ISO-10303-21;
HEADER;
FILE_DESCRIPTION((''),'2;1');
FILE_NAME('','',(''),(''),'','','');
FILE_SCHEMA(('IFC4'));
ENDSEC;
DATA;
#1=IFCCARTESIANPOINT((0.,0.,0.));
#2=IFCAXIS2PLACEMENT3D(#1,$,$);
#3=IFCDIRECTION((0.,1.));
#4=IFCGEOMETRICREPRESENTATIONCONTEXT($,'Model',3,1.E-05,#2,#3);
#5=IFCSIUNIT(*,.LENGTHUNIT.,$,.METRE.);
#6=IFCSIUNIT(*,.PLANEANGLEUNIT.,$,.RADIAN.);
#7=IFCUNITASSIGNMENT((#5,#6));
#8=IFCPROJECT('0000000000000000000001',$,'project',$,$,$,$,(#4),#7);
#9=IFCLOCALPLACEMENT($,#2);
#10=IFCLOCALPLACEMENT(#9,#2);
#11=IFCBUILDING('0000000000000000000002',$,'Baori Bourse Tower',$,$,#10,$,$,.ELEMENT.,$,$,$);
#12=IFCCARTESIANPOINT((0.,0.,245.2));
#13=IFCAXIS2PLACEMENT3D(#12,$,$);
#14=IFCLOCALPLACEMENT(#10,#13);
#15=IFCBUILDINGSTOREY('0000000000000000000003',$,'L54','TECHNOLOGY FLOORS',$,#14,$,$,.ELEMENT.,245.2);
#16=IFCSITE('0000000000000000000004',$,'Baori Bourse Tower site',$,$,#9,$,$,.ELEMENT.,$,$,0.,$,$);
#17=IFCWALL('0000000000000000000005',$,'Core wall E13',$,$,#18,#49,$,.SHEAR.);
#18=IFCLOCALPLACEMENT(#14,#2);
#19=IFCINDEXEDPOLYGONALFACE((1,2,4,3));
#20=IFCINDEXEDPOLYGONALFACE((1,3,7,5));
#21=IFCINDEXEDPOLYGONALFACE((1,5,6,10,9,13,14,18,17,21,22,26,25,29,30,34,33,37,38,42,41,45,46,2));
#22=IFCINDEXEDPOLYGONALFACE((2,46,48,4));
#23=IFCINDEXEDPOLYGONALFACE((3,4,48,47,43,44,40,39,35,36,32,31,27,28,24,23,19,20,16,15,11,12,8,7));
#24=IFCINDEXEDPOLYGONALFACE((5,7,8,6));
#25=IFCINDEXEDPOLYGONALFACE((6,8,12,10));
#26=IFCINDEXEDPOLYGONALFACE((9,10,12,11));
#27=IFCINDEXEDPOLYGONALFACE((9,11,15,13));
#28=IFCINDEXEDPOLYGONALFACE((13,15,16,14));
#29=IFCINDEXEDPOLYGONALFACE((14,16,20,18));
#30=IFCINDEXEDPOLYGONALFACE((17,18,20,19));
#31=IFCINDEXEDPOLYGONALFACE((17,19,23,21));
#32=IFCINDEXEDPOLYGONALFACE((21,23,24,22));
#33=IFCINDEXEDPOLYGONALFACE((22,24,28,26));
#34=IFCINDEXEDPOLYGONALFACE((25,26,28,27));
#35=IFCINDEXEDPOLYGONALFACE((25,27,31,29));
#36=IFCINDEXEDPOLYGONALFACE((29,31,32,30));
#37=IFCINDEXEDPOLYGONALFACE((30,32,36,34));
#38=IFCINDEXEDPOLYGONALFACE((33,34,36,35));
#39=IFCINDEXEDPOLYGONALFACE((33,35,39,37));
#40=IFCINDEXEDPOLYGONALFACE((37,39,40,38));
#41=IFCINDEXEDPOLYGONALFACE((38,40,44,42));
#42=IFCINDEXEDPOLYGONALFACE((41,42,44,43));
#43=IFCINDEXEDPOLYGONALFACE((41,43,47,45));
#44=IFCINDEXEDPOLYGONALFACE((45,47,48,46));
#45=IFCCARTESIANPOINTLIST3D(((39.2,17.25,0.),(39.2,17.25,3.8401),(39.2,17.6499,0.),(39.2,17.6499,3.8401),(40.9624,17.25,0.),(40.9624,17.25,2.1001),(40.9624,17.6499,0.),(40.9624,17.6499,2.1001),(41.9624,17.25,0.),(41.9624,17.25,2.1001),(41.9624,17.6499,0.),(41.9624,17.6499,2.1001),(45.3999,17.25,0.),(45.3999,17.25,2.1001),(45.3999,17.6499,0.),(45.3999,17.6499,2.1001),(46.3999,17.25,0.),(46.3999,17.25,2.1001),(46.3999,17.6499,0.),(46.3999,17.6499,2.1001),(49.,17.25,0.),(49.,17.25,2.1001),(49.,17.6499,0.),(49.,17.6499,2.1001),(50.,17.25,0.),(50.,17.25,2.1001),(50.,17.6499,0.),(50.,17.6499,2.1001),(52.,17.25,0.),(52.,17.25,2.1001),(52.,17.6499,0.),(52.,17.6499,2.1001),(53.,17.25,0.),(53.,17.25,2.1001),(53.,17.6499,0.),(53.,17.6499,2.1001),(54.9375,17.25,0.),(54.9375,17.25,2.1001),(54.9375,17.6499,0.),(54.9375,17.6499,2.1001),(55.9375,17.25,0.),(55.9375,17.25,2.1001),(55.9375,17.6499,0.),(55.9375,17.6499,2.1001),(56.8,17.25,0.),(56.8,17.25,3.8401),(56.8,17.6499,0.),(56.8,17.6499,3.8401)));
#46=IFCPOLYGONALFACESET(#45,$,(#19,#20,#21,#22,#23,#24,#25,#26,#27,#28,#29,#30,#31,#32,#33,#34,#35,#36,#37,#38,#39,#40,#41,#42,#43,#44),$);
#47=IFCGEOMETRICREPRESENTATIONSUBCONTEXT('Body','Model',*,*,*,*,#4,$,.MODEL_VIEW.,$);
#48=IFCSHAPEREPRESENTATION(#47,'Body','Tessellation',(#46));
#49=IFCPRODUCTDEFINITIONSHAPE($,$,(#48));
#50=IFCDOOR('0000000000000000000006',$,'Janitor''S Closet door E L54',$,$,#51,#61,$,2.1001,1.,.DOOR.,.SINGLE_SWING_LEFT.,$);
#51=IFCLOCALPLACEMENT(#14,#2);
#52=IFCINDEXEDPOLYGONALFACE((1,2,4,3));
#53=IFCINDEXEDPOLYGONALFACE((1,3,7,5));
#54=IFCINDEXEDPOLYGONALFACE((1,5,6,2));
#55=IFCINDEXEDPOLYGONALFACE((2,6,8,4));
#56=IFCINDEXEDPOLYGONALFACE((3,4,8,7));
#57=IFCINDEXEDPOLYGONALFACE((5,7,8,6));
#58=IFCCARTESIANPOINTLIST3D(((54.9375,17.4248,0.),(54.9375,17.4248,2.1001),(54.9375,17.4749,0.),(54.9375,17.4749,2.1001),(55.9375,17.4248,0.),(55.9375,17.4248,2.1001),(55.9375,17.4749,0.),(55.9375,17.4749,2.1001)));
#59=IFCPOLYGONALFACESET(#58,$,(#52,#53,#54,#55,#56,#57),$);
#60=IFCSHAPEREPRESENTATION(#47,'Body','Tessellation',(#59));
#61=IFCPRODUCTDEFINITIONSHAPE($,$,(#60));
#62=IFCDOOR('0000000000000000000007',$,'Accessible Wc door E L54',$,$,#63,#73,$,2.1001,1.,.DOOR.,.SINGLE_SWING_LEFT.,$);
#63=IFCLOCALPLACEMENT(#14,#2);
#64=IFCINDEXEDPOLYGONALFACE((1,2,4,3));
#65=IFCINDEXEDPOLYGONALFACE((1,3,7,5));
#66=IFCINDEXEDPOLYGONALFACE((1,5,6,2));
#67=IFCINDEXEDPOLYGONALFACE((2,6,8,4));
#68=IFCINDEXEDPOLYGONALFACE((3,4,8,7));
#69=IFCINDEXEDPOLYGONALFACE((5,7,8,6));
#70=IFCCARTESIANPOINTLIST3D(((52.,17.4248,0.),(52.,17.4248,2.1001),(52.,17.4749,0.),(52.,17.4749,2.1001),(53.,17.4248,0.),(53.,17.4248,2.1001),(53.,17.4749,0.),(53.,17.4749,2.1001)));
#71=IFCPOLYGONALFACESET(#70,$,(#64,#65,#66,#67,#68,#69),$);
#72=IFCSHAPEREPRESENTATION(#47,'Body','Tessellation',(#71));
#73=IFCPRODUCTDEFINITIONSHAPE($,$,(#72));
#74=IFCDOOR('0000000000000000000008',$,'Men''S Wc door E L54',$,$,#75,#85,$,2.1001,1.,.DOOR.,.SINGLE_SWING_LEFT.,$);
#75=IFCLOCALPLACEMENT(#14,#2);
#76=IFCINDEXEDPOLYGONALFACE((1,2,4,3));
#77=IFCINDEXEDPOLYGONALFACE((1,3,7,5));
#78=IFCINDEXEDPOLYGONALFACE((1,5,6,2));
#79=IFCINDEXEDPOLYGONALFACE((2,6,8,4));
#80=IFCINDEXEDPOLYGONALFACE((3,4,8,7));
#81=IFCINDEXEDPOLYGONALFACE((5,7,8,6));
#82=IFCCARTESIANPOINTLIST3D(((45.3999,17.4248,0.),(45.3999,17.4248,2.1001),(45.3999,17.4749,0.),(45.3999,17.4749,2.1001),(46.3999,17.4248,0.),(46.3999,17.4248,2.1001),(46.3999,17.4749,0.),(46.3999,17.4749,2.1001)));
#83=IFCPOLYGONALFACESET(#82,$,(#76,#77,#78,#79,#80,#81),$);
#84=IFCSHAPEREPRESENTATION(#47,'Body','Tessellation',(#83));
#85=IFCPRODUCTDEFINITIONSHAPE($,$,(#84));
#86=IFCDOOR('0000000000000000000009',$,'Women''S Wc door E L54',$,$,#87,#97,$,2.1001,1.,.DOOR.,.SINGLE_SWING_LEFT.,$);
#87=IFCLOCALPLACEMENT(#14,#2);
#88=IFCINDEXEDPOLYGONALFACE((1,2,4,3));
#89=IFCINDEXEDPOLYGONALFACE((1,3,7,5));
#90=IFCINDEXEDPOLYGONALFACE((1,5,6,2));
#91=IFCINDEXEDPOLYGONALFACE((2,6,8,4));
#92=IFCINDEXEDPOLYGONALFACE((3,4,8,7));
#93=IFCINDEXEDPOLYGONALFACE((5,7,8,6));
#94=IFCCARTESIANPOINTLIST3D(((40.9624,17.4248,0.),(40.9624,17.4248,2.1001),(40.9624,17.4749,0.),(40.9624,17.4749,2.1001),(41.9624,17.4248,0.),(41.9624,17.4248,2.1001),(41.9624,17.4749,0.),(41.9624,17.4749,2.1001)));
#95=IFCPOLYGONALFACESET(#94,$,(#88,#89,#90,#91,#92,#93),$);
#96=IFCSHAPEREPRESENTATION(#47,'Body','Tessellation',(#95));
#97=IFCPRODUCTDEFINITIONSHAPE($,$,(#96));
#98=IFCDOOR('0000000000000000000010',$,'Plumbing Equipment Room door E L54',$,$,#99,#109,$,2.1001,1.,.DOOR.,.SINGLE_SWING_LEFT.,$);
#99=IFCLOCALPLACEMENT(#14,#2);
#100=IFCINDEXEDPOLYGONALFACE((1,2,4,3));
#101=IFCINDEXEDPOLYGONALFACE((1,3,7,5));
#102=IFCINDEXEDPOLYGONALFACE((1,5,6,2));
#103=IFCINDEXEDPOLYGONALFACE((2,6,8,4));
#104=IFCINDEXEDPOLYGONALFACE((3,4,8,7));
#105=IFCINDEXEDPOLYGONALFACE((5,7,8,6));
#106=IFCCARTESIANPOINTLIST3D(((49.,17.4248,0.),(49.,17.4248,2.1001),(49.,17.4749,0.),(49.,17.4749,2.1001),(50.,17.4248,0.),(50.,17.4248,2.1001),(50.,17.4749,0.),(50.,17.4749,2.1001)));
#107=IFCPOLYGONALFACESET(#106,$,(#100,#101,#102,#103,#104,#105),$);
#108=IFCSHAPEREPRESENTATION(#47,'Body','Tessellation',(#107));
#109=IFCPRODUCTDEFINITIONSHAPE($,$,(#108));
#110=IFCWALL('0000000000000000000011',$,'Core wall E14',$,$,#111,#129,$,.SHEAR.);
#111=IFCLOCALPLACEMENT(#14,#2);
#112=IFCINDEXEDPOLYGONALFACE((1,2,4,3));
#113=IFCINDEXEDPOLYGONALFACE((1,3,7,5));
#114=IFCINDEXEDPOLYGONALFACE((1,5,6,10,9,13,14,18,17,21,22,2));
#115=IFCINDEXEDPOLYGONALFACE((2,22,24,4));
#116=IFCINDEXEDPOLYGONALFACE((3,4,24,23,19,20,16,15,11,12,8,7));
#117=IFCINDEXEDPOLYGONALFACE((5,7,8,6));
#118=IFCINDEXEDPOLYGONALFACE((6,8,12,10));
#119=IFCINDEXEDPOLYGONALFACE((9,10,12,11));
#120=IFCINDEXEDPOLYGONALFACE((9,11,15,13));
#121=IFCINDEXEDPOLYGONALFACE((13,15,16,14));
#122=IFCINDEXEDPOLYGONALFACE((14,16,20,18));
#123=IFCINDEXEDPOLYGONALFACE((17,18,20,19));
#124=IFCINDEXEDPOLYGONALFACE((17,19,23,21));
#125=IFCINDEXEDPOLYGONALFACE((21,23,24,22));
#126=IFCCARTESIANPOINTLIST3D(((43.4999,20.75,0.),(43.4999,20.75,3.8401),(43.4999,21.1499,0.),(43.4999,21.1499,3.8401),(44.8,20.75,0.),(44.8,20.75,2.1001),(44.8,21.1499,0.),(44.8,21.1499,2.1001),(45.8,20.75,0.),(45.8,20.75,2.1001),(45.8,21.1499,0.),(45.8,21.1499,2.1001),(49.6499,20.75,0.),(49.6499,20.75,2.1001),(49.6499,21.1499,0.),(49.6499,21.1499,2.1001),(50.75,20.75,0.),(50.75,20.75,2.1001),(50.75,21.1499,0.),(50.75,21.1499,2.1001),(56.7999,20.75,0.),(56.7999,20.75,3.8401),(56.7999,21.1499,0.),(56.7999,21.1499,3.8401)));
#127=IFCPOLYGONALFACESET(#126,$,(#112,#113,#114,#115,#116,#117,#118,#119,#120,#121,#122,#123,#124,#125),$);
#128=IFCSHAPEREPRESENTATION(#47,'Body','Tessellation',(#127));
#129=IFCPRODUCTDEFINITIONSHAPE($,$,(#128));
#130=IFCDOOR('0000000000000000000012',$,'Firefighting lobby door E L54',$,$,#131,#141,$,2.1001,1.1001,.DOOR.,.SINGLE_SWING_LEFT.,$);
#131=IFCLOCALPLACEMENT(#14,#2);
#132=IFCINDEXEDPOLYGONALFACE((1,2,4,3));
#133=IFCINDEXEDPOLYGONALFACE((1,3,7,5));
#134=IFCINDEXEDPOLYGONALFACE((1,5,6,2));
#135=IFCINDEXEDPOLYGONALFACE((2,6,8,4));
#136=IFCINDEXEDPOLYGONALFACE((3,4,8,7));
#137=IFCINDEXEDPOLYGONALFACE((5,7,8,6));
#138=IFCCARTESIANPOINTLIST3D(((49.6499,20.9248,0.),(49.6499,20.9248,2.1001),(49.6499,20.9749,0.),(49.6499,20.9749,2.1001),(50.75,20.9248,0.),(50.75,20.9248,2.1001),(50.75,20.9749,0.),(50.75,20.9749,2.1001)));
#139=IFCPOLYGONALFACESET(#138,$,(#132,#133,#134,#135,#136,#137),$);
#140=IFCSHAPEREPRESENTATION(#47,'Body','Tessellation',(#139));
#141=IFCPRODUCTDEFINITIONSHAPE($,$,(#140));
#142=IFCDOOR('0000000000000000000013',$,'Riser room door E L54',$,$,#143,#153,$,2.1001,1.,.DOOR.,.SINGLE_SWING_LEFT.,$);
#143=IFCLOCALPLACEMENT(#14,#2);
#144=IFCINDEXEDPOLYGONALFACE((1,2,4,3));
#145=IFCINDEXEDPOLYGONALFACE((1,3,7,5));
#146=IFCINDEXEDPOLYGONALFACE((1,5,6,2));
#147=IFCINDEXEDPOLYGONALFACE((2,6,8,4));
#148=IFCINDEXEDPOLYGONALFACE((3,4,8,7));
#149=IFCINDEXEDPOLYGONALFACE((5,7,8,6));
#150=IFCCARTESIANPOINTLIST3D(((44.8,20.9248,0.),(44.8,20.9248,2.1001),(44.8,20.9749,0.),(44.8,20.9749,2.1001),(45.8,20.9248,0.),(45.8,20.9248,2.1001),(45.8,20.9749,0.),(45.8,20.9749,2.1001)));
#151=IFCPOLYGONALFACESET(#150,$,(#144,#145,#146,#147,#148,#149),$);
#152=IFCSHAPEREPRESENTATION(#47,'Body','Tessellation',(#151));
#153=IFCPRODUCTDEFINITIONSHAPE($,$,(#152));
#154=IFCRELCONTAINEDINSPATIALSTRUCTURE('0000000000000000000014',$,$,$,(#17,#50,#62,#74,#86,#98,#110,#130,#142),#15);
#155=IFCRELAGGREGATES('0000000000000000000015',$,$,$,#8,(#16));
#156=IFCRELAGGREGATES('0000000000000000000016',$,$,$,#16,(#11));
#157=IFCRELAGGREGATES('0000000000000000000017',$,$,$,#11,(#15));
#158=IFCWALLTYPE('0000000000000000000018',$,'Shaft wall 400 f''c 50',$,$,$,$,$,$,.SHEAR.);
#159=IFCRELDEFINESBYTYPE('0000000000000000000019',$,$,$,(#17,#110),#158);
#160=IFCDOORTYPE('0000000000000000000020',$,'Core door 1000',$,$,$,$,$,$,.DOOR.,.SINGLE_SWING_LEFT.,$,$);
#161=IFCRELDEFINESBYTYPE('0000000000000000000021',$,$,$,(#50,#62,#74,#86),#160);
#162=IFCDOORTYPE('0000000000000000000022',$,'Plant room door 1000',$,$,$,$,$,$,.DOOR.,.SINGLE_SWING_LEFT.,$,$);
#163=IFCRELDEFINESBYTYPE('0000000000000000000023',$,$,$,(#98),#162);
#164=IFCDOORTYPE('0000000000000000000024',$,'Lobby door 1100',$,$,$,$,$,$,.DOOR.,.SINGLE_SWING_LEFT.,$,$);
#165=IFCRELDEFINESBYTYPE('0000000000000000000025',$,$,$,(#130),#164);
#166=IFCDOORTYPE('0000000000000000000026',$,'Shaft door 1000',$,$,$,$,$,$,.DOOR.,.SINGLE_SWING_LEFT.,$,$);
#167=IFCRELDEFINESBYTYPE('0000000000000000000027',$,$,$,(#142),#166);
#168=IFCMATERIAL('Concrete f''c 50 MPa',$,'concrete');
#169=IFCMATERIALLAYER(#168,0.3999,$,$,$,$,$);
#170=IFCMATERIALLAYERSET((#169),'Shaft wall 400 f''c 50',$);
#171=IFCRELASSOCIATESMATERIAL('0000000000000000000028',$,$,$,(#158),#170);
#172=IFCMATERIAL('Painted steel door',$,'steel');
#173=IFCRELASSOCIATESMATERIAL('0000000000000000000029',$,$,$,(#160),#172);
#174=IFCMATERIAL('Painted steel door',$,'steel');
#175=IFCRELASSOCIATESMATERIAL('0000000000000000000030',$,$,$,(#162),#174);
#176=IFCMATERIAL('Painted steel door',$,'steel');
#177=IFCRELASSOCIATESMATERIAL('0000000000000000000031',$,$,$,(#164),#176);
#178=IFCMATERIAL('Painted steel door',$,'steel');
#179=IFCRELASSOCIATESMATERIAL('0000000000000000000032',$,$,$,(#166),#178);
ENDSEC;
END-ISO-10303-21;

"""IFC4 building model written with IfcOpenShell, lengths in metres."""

from ifc_helpers import new_model, si_unit, direction, frame, frame_2d, origin, place, context, subcontext, project, spatial, rectangle, extrude, material, layer, layer_set, type_object, element, fill, save


model = new_model("IFC4")

# Units and contexts
model_context = context("Model", 3, precision=1e-05, world=origin(), true_north=direction((0.0, 1.0)))
body_context = subcontext(model_context, "Body", "Model", "MODEL_VIEW")
ifc_project = project(units=[si_unit("LENGTHUNIT", "METRE"), si_unit("PLANEANGLEUNIT", "RADIAN")], contexts=[model_context])

# Site, building, storey
site_placement = place(None, origin())
site = spatial("IfcSite", under=ifc_project, at=site_placement, Name="Baori Bourse Tower site", CompositionType="ELEMENT", RefElevation=0.0)
building_placement = place(site_placement, origin())
building = spatial("IfcBuilding", under=site, at=building_placement, Name="Baori Bourse Tower", CompositionType="ELEMENT")
storey_placement = place(building_placement, frame((0.0, 0.0, 245.2)))
storey = spatial("IfcBuildingStorey", under=building, at=storey_placement, Name="L54", Description="TECHNOLOGY FLOORS", CompositionType="ELEMENT", Elevation=245.2)

# Shared definitions
ifc_material_1 = material(Name="Concrete f'c 50 MPa", Category="concrete")
ifc_layer_1 = layer(ifc_material_1, 0.3999)
ifc_layer_set_1 = layer_set([ifc_layer_1], Name="Shaft wall 400 f'c 50")
wall_type_1 = type_object("IfcWallType", Name="Shaft wall 400 f'c 50", PredefinedType="SHEAR", material=ifc_layer_set_1)

# Walls, openings, doors
wall_1_placement = place(storey_placement, frame((39.2, 17.45, 0.0), z_axis=(0.0, 0.0, 1.0), x_axis=(1.0, 0.0, 0.0)))
wall_1 = element("IfcWall", 1, at=wall_1_placement, inside=storey, type_object=wall_type_1, Name="Core wall E13", PredefinedType="SHEAR", context=body_context, shape_type="SweptSolid", body=[
    extrude(rectangle(XDim=17.6001, YDim=0.3999, at=frame_2d((8.8, 0.0))), origin(), (0.0, 0.0, 1.0), 3.8401),
])
opening_1_placement = place(wall_1_placement, frame((15.7375, 0.0, 0.0)))
opening_1 = element("IfcOpeningElement", 2, at=opening_1_placement, cuts=wall_1, PredefinedType="OPENING", context=body_context, shape_type="SweptSolid", body=[
    extrude(rectangle(XDim=1.0, YDim=2.1001, at=frame_2d((0.5, 1.05))), frame((0.0, 0.21, 0.0), z_axis=(0.0, -1.0, 0.0), x_axis=(1.0, 0.0, 0.0)), (0.0, 0.0, 1.0), 0.4199),
])
opening_2_placement = place(wall_1_placement, frame((12.8, 0.0, 0.0)))
opening_2 = element("IfcOpeningElement", 3, at=opening_2_placement, cuts=wall_1, PredefinedType="OPENING", context=body_context, shape_type="SweptSolid", body=[
    extrude(rectangle(XDim=1.0, YDim=2.1001, at=frame_2d((0.5, 1.05))), frame((0.0, 0.21, 0.0), z_axis=(0.0, -1.0, 0.0), x_axis=(1.0, 0.0, 0.0)), (0.0, 0.0, 1.0), 0.4199),
])
opening_3_placement = place(wall_1_placement, frame((9.8, 0.0, 0.0)))
opening_3 = element("IfcOpeningElement", 4, at=opening_3_placement, cuts=wall_1, PredefinedType="OPENING", context=body_context, shape_type="SweptSolid", body=[
    extrude(rectangle(XDim=1.0, YDim=2.1001, at=frame_2d((0.5, 1.05))), frame((0.0, 0.21, 0.0), z_axis=(0.0, -1.0, 0.0), x_axis=(1.0, 0.0, 0.0)), (0.0, 0.0, 1.0), 0.4199),
])
opening_4_placement = place(wall_1_placement, frame((6.2, 0.0, 0.0)))
opening_4 = element("IfcOpeningElement", 5, at=opening_4_placement, cuts=wall_1, PredefinedType="OPENING", context=body_context, shape_type="SweptSolid", body=[
    extrude(rectangle(XDim=1.0, YDim=2.1001, at=frame_2d((0.5, 1.05))), frame((0.0, 0.21, 0.0), z_axis=(0.0, -1.0, 0.0), x_axis=(1.0, 0.0, 0.0)), (0.0, 0.0, 1.0), 0.4199),
])
opening_5_placement = place(wall_1_placement, frame((1.7625, 0.0, 0.0)))
opening_5 = element("IfcOpeningElement", 6, at=opening_5_placement, cuts=wall_1, PredefinedType="OPENING", context=body_context, shape_type="SweptSolid", body=[
    extrude(rectangle(XDim=1.0, YDim=2.1001, at=frame_2d((0.5, 1.05))), frame((0.0, 0.21, 0.0), z_axis=(0.0, -1.0, 0.0), x_axis=(1.0, 0.0, 0.0)), (0.0, 0.0, 1.0), 0.4199),
])
ifc_material_2 = material(Name="Painted steel door", Category="steel")
door_type_1 = type_object("IfcDoorType", Name="Core door 1000", OperationType="SINGLE_SWING_LEFT", PredefinedType="DOOR", material=ifc_material_2)
door_1_placement = place(opening_1_placement, origin())
door_1 = element("IfcDoor", 7, at=door_1_placement, inside=storey, type_object=door_type_1, Name="Janitor'S Closet door E L54", OperationType="SINGLE_SWING_LEFT", OverallHeight=2.1001, OverallWidth=1.0, PredefinedType="DOOR", context=body_context, shape_type="SweptSolid", body=[
    extrude(rectangle(XDim=1.0, YDim=2.1001, at=frame_2d((0.5, 1.05))), frame((0.0, 0.0249, 0.0), z_axis=(0.0, -1.0, 0.0), x_axis=(1.0, 0.0, 0.0)), (0.0, 0.0, 1.0), 0.05),
])
fill(opening_1, door_1)
door_2_placement = place(opening_2_placement, origin())
door_2 = element("IfcDoor", 8, at=door_2_placement, inside=storey, type_object=door_type_1, Name="Accessible Wc door E L54", OperationType="SINGLE_SWING_LEFT", OverallHeight=2.1001, OverallWidth=1.0, PredefinedType="DOOR", context=body_context, shape_type="SweptSolid", body=[
    extrude(rectangle(XDim=1.0, YDim=2.1001, at=frame_2d((0.5, 1.05))), frame((0.0, 0.0249, 0.0), z_axis=(0.0, -1.0, 0.0), x_axis=(1.0, 0.0, 0.0)), (0.0, 0.0, 1.0), 0.05),
])
fill(opening_2, door_2)
door_3_placement = place(opening_4_placement, origin())
door_3 = element("IfcDoor", 9, at=door_3_placement, inside=storey, type_object=door_type_1, Name="Men'S Wc door E L54", OperationType="SINGLE_SWING_LEFT", OverallHeight=2.1001, OverallWidth=1.0, PredefinedType="DOOR", context=body_context, shape_type="SweptSolid", body=[
    extrude(rectangle(XDim=1.0, YDim=2.1001, at=frame_2d((0.5, 1.05))), frame((0.0, 0.0249, 0.0), z_axis=(0.0, -1.0, 0.0), x_axis=(1.0, 0.0, 0.0)), (0.0, 0.0, 1.0), 0.05),
])
fill(opening_4, door_3)
door_4_placement = place(opening_5_placement, origin())
door_4 = element("IfcDoor", 10, at=door_4_placement, inside=storey, type_object=door_type_1, Name="Women'S Wc door E L54", OperationType="SINGLE_SWING_LEFT", OverallHeight=2.1001, OverallWidth=1.0, PredefinedType="DOOR", context=body_context, shape_type="SweptSolid", body=[
    extrude(rectangle(XDim=1.0, YDim=2.1001, at=frame_2d((0.5, 1.05))), frame((0.0, 0.0249, 0.0), z_axis=(0.0, -1.0, 0.0), x_axis=(1.0, 0.0, 0.0)), (0.0, 0.0, 1.0), 0.05),
])
fill(opening_5, door_4)
ifc_material_3 = material(Name="Painted steel door", Category="steel")
door_type_2 = type_object("IfcDoorType", Name="Plant room door 1000", OperationType="SINGLE_SWING_LEFT", PredefinedType="DOOR", material=ifc_material_3)
door_5_placement = place(opening_3_placement, origin())
door_5 = element("IfcDoor", 11, at=door_5_placement, inside=storey, type_object=door_type_2, Name="Plumbing Equipment Room door E L54", OperationType="SINGLE_SWING_LEFT", OverallHeight=2.1001, OverallWidth=1.0, PredefinedType="DOOR", context=body_context, shape_type="SweptSolid", body=[
    extrude(rectangle(XDim=1.0, YDim=2.1001, at=frame_2d((0.5, 1.05))), frame((0.0, 0.0249, 0.0), z_axis=(0.0, -1.0, 0.0), x_axis=(1.0, 0.0, 0.0)), (0.0, 0.0, 1.0), 0.05),
])
fill(opening_3, door_5)
wall_2_placement = place(storey_placement, frame((43.5, 20.95, 0.0), z_axis=(0.0, 0.0, 1.0), x_axis=(1.0, 0.0, 0.0)))
wall_2 = element("IfcWall", 12, at=wall_2_placement, inside=storey, type_object=wall_type_1, Name="Core wall E14", PredefinedType="SHEAR", context=body_context, shape_type="SweptSolid", body=[
    extrude(rectangle(XDim=13.3, YDim=0.3999, at=frame_2d((6.6499, 0.0))), origin(), (0.0, 0.0, 1.0), 3.8401),
])
opening_6_placement = place(wall_2_placement, frame((6.1499, 0.0, 0.0)))
opening_6 = element("IfcOpeningElement", 13, at=opening_6_placement, cuts=wall_2, PredefinedType="OPENING", context=body_context, shape_type="SweptSolid", body=[
    extrude(rectangle(XDim=1.1001, YDim=2.1001, at=frame_2d((0.55, 1.05))), frame((0.0, 0.21, 0.0), z_axis=(0.0, -1.0, 0.0), x_axis=(1.0, 0.0, 0.0)), (0.0, 0.0, 1.0), 0.4199),
])
opening_7_placement = place(wall_2_placement, frame((1.3, 0.0, 0.0)))
opening_7 = element("IfcOpeningElement", 14, at=opening_7_placement, cuts=wall_2, PredefinedType="OPENING", context=body_context, shape_type="SweptSolid", body=[
    extrude(rectangle(XDim=1.0, YDim=2.1001, at=frame_2d((0.5, 1.05))), frame((0.0, 0.21, 0.0), z_axis=(0.0, -1.0, 0.0), x_axis=(1.0, 0.0, 0.0)), (0.0, 0.0, 1.0), 0.4199),
])
ifc_material_4 = material(Name="Painted steel door", Category="steel")
door_type_3 = type_object("IfcDoorType", Name="Lobby door 1100", OperationType="SINGLE_SWING_LEFT", PredefinedType="DOOR", material=ifc_material_4)
door_6_placement = place(opening_6_placement, origin())
door_6 = element("IfcDoor", 15, at=door_6_placement, inside=storey, type_object=door_type_3, Name="Firefighting lobby door E L54", OperationType="SINGLE_SWING_LEFT", OverallHeight=2.1001, OverallWidth=1.1001, PredefinedType="DOOR", context=body_context, shape_type="SweptSolid", body=[
    extrude(rectangle(XDim=1.1001, YDim=2.1001, at=frame_2d((0.55, 1.05))), frame((0.0, 0.0249, 0.0), z_axis=(0.0, -1.0, 0.0), x_axis=(1.0, 0.0, 0.0)), (0.0, 0.0, 1.0), 0.05),
])
fill(opening_6, door_6)
ifc_material_5 = material(Name="Painted steel door", Category="steel")
door_type_4 = type_object("IfcDoorType", Name="Shaft door 1000", OperationType="SINGLE_SWING_LEFT", PredefinedType="DOOR", material=ifc_material_5)
door_7_placement = place(opening_7_placement, origin())
door_7 = element("IfcDoor", 16, at=door_7_placement, inside=storey, type_object=door_type_4, Name="Riser room door E L54", OperationType="SINGLE_SWING_LEFT", OverallHeight=2.1001, OverallWidth=1.0, PredefinedType="DOOR", context=body_context, shape_type="SweptSolid", body=[
    extrude(rectangle(XDim=1.0, YDim=2.1001, at=frame_2d((0.5, 1.05))), frame((0.0, 0.0249, 0.0), z_axis=(0.0, -1.0, 0.0), x_axis=(1.0, 0.0, 0.0)), (0.0, 0.0, 1.0), 0.05),
])
fill(opening_7, door_7)

save(model, "model.ifc")
